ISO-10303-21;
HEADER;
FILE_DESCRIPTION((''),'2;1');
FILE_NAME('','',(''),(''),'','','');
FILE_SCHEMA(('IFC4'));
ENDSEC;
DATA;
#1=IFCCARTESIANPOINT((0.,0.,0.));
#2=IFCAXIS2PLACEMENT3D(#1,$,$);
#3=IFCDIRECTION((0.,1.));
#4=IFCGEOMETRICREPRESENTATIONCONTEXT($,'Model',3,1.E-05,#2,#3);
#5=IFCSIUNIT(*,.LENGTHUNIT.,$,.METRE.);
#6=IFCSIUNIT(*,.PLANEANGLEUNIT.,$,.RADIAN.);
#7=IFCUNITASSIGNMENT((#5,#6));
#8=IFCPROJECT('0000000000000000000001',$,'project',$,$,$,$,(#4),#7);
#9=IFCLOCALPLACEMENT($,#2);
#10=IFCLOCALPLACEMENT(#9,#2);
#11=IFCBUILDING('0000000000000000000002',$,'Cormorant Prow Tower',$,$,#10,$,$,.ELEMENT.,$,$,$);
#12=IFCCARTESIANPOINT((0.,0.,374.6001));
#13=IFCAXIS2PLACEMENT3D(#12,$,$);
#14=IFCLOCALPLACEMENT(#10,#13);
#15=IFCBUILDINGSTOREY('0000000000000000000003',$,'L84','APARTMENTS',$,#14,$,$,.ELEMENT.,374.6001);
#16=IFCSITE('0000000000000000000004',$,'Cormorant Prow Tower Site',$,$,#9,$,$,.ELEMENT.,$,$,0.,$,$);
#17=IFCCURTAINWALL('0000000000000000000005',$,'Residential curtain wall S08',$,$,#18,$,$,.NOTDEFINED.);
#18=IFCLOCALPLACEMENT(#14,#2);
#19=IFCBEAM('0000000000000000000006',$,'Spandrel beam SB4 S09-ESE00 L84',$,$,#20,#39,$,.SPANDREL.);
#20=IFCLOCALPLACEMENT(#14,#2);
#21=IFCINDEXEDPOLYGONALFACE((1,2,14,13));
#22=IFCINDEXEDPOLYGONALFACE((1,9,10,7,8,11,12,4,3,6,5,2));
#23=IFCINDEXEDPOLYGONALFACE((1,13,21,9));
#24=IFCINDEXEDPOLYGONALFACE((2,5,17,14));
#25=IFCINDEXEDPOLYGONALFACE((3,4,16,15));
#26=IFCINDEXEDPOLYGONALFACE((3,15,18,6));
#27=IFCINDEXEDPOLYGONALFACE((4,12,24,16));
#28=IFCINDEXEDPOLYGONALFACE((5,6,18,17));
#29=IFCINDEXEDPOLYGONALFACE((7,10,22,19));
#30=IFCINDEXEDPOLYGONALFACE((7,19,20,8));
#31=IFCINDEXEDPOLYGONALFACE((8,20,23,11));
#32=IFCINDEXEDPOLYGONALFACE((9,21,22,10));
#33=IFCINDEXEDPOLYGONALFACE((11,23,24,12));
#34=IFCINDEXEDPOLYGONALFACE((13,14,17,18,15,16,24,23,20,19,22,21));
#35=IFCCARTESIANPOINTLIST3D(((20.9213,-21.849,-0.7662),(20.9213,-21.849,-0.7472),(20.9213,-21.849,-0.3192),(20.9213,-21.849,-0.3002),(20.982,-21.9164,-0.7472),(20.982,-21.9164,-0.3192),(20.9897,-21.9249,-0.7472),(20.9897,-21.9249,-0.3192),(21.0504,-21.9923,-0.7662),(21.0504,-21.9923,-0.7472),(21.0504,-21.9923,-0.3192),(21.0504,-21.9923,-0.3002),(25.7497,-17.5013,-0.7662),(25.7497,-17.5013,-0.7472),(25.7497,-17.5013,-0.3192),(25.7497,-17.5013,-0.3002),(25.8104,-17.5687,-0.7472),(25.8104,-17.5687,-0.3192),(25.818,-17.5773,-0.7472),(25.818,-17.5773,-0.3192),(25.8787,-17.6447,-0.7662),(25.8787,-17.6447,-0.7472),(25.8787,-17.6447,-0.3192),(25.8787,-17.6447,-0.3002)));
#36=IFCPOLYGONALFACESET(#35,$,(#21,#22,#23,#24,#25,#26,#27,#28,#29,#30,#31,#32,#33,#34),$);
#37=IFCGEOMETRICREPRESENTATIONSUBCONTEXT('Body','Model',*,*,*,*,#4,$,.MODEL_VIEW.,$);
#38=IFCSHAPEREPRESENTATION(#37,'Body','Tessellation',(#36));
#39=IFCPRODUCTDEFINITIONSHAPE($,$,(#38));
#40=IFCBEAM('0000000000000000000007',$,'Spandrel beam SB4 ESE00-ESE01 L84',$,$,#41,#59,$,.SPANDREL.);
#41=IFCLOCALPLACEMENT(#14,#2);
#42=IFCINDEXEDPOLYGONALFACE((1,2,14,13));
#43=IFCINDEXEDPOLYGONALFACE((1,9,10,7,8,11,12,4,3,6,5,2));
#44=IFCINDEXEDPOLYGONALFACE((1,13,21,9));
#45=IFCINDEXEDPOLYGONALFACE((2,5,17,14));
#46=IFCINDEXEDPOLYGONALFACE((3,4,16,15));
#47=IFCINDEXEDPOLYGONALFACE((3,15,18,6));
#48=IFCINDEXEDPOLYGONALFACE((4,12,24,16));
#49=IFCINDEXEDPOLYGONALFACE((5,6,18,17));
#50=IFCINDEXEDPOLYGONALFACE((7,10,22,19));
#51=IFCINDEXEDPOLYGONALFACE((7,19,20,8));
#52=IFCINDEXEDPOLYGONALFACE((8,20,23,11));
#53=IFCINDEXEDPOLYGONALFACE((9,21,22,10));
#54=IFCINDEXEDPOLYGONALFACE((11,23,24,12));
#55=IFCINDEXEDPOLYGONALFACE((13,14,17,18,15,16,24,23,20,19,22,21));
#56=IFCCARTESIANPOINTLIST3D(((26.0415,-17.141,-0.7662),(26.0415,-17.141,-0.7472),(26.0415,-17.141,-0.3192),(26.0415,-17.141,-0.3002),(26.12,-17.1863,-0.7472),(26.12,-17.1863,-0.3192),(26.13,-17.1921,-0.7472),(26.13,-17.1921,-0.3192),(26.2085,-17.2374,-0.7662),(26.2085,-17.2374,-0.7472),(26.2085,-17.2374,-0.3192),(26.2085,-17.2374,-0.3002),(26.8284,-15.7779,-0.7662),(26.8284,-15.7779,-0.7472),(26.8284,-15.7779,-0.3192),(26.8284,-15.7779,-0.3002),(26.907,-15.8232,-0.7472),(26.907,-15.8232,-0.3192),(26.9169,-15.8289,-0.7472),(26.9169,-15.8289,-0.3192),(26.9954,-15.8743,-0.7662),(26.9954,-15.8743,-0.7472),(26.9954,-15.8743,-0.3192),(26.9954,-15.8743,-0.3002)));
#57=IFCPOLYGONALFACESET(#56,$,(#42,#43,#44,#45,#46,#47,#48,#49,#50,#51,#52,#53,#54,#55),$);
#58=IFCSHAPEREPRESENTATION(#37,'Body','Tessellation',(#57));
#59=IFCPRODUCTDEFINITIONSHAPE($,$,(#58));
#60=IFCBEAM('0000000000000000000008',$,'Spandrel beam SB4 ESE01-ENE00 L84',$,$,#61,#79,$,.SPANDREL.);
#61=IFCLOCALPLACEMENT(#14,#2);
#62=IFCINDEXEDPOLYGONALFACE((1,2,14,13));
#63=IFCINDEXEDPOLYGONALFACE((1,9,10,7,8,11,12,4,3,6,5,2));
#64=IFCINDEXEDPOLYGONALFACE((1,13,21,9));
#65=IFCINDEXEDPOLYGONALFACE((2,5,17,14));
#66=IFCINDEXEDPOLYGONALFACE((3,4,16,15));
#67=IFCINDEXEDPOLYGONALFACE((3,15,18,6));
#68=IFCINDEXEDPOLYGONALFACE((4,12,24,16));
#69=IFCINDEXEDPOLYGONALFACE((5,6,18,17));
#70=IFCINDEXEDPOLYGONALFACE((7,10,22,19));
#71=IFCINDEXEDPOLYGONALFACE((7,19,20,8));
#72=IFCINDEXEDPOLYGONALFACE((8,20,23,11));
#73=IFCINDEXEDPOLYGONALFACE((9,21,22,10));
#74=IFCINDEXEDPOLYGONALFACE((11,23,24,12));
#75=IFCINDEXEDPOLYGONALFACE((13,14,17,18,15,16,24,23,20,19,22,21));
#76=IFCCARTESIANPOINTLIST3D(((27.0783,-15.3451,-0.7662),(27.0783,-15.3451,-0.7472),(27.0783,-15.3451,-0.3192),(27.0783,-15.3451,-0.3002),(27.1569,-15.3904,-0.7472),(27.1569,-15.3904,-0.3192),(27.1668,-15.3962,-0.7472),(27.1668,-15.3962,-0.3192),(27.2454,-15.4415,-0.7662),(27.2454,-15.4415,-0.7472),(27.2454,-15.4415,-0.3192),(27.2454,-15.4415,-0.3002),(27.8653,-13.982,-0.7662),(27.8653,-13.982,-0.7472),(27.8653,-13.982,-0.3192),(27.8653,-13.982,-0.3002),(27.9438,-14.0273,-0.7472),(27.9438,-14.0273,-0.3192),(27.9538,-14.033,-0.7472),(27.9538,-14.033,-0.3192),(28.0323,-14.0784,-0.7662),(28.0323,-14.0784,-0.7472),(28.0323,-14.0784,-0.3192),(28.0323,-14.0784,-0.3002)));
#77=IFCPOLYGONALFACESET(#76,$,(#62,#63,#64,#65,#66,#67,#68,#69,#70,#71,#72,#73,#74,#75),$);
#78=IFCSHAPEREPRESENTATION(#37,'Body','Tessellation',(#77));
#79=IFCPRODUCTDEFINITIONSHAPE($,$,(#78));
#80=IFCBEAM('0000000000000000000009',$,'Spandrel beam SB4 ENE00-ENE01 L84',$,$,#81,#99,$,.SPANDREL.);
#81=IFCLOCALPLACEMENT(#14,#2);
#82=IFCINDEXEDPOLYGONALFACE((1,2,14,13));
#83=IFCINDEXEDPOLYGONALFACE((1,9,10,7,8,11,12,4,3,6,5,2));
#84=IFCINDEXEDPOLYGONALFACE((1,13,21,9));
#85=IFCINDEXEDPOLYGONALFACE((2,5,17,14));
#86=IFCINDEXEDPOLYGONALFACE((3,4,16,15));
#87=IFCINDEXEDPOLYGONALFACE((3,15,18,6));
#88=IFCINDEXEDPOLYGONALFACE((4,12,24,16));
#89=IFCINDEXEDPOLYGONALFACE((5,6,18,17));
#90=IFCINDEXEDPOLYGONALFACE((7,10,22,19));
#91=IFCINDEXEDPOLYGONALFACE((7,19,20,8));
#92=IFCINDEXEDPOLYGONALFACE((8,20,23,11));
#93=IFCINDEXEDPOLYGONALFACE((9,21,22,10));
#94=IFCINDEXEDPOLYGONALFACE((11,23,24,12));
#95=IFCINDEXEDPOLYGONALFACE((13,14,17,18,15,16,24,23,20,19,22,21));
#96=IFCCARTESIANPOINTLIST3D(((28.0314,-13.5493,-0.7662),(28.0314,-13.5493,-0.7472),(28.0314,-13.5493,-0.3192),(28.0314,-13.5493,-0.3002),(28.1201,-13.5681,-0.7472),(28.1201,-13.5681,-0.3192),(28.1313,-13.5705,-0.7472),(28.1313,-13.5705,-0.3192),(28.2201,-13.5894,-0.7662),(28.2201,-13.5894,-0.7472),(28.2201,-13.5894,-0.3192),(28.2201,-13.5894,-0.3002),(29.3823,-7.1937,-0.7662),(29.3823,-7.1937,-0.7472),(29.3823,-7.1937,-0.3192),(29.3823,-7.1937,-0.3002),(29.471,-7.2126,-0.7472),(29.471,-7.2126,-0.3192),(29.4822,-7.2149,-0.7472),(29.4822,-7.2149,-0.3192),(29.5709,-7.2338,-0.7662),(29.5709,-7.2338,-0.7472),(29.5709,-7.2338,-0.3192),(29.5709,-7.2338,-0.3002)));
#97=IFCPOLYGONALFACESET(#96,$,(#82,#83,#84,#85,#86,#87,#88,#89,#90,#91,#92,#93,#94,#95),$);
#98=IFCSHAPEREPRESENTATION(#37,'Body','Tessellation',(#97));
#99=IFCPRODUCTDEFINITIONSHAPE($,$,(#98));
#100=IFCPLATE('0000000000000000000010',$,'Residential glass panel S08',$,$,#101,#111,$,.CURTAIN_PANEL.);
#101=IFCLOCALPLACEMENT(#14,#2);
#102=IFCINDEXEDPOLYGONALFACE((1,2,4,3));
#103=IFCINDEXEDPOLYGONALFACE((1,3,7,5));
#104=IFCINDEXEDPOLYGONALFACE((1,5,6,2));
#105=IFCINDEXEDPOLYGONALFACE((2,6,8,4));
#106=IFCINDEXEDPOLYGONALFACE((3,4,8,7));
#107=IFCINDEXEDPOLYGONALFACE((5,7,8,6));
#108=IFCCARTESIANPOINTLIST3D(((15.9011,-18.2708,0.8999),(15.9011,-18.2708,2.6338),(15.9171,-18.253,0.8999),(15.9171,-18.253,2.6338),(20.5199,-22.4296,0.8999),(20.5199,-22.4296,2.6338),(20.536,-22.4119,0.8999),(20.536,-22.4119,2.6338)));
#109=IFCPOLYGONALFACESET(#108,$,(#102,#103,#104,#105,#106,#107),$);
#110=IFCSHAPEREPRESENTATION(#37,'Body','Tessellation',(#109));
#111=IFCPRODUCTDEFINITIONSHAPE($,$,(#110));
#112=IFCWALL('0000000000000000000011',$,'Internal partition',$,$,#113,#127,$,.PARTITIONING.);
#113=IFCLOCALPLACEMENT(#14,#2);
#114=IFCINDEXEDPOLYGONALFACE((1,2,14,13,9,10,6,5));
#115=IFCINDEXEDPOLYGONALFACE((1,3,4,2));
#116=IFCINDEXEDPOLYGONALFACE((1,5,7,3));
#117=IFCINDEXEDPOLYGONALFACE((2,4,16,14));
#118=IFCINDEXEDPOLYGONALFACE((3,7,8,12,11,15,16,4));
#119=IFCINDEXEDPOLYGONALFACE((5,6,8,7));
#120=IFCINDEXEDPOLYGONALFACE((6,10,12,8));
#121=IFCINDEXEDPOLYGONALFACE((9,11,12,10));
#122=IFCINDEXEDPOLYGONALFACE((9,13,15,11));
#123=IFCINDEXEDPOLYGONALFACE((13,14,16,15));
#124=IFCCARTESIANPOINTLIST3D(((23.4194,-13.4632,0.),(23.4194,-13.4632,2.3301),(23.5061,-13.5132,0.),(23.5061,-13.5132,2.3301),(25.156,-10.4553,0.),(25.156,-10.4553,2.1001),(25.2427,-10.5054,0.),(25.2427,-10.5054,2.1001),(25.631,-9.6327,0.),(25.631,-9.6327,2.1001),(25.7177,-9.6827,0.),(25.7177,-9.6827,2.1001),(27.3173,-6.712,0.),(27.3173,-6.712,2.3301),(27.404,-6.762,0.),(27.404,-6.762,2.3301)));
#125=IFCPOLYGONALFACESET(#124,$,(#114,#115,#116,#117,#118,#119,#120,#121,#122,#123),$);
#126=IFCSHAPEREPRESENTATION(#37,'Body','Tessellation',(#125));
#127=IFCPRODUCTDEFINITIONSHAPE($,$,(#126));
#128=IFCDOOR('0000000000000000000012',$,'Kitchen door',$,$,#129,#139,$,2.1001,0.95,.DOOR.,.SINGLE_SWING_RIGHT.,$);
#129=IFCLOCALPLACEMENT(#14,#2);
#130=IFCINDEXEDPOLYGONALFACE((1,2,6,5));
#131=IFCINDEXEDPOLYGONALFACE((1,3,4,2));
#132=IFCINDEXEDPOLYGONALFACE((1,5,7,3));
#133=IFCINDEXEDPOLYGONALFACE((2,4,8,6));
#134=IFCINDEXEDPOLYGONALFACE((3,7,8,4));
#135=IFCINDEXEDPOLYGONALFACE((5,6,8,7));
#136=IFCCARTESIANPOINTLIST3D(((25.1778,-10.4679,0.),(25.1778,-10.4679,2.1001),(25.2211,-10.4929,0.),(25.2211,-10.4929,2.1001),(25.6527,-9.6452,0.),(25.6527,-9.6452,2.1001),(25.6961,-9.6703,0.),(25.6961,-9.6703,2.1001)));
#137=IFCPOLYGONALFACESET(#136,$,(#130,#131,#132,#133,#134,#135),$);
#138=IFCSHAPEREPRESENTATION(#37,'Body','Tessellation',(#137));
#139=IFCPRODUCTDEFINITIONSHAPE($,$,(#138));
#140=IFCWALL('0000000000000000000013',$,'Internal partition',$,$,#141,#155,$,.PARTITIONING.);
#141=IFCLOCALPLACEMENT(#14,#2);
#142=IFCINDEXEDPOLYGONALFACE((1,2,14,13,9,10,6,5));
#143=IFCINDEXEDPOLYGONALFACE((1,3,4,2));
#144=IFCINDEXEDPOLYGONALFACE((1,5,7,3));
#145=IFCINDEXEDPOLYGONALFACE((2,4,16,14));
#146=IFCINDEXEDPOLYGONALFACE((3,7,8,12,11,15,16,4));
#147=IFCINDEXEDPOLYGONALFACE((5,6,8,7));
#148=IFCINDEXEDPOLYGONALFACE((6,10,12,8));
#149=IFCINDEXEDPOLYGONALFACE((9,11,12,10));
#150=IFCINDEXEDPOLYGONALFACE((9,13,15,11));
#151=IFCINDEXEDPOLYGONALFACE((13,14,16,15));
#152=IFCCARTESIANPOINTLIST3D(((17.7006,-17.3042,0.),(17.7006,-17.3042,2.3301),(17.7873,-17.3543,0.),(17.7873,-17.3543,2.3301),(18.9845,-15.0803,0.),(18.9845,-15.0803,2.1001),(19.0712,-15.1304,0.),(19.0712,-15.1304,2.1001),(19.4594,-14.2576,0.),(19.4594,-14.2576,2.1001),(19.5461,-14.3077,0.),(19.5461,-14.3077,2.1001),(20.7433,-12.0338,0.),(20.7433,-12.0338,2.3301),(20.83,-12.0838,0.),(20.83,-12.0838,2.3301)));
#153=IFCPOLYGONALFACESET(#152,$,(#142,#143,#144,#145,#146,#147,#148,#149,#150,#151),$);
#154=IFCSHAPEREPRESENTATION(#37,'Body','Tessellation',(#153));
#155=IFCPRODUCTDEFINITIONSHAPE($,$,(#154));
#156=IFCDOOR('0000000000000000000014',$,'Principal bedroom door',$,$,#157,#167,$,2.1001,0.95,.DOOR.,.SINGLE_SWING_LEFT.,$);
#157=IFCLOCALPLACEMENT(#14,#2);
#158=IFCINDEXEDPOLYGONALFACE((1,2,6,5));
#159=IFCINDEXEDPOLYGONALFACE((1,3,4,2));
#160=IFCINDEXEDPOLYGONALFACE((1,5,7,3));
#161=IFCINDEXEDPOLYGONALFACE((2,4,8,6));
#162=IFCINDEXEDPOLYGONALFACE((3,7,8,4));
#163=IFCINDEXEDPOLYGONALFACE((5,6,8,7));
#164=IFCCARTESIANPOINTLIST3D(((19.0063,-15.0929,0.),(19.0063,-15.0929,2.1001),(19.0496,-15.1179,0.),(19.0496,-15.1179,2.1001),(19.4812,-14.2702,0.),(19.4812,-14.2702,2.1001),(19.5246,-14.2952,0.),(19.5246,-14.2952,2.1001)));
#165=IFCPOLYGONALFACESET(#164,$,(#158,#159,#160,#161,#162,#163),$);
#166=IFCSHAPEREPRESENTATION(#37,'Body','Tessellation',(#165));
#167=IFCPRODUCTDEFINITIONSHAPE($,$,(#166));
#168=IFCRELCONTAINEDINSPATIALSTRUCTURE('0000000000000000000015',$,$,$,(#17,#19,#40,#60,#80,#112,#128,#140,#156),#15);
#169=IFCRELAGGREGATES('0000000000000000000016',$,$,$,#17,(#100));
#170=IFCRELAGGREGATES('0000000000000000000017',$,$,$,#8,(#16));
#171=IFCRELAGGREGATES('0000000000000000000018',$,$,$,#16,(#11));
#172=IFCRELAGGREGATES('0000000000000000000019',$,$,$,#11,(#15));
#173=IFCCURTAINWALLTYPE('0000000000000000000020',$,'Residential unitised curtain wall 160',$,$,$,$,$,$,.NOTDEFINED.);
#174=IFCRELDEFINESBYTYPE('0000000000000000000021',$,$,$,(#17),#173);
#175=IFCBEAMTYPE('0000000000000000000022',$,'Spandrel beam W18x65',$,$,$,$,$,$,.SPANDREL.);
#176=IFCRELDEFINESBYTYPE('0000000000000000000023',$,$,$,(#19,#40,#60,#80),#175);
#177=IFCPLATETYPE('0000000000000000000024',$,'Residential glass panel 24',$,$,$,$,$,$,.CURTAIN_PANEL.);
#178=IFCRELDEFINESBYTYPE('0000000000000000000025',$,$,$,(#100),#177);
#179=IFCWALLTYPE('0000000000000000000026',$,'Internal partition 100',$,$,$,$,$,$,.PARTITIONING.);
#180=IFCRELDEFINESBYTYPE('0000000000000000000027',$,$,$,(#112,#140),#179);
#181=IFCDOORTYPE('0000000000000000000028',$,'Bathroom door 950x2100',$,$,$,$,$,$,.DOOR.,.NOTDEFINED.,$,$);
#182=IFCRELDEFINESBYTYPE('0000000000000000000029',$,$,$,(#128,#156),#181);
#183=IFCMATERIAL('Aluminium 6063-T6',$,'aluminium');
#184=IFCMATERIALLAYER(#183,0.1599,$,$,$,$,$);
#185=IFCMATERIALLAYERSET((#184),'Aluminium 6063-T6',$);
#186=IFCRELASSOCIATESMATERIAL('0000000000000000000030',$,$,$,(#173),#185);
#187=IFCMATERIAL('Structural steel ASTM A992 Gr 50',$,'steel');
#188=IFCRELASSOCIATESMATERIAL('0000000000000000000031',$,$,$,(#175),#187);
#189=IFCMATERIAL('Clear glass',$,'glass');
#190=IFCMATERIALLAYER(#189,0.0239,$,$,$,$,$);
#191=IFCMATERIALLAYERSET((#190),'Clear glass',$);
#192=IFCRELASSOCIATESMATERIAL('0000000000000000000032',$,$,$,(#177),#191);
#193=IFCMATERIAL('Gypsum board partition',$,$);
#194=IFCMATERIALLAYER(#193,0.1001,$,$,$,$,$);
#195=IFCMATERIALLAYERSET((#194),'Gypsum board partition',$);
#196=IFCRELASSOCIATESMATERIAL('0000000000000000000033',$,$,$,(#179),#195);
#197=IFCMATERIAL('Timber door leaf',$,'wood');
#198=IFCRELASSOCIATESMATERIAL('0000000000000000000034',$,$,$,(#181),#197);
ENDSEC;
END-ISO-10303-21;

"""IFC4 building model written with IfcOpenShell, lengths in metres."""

from ifc_helpers import new_model, si_unit, direction, frame, frame_2d, origin, origin_2d, place, context, subcontext, project, spatial, rectangle, i_section, extrude, material, layer, layer_set, material_profile, profile_set, type_object, element, fill, aggregate, save


model = new_model("IFC4")

# Units and contexts
model_context = context("Model", 3, precision=1e-05, world=origin(), true_north=direction((0.0, 1.0)))
body_context = subcontext(model_context, "Body", "Model", "MODEL_VIEW")
ifc_project = project(units=[si_unit("LENGTHUNIT", "METRE"), si_unit("PLANEANGLEUNIT", "RADIAN")], contexts=[model_context])

# Site, building, storey
site_placement = place(None, origin())
site = spatial("IfcSite", under=ifc_project, at=site_placement, Name="Cormorant Prow Tower Site", CompositionType="ELEMENT", RefElevation=0.0)
building_placement = place(site_placement, origin())
building = spatial("IfcBuilding", under=site, at=building_placement, Name="Cormorant Prow Tower", CompositionType="ELEMENT")
storey_placement = place(building_placement, frame((0.0, 0.0, 374.6001)))
storey = spatial("IfcBuildingStorey", under=building, at=storey_placement, Name="L84", Description="APARTMENTS", CompositionType="ELEMENT", Elevation=374.6001)

# Curtain wall
ifc_material_1 = material(Name="Aluminium 6063-T6", Category="aluminium")
ifc_layer_1 = layer(ifc_material_1, 0.1599)
ifc_layer_set_1 = layer_set([ifc_layer_1], Name="Aluminium 6063-T6")
curtain_wall_type = type_object("IfcCurtainWallType", Name="Residential unitised curtain wall 160", PredefinedType="NOTDEFINED", material=ifc_layer_set_1)
curtain_wall_1_placement = place(storey_placement, origin())
curtain_wall_1 = element("IfcCurtainWall", 1, at=curtain_wall_1_placement, inside=storey, type_object=curtain_wall_type, Name="Residential curtain wall S08", PredefinedType="NOTDEFINED")

# Beams
ifc_material_2 = material(Name="Structural steel ASTM A992 Gr 50", Category="steel")
ifc_material_profile_1 = material_profile(ifc_material_2, i_section(OverallWidth=0.1929, OverallDepth=0.4661, WebThickness=0.0115, FlangeThickness=0.019, at=origin_2d()), Name="W18x65")
ifc_profile_set_1 = profile_set([ifc_material_profile_1], Name="Structural steel ASTM A992 Gr 50")
beam_type = type_object("IfcBeamType", Name="Spandrel beam W18x65", PredefinedType="SPANDREL", material=ifc_profile_set_1)
for number, where, z_axis, x_axis, name in (
    (2, (20.9858, -21.9207, -0.5332), (0.743132, 0.669145, 0.0), (-0.669145, 0.743132, 0.0), "Spandrel beam SB4 S09-ESE00 L84"),
):
    element("IfcBeam", number, at=place(storey_placement, frame(where, z_axis=z_axis, x_axis=x_axis)), inside=storey, type_object=beam_type, Name=name, PredefinedType="SPANDREL", context=body_context, shape_type="SweptSolid", body=[
        extrude(i_section(OverallWidth=0.1929, OverallDepth=0.4661, WebThickness=0.0115, FlangeThickness=0.019, at=origin_2d()), origin(), (0.0, 0.0, 1.0), 6.4973),
    ])
for number, where, z_axis, x_axis, name in (
    (3, (26.125, -17.1892, -0.5332), (0.49996, 0.866049, 0.0), (-0.866049, 0.49996, 0.0), "Spandrel beam SB4 ESE00-ESE01 L84"),
    (4, (27.1619, -15.3933, -0.5332), (0.49996, 0.866049, 0.0), (-0.866049, 0.49996, 0.0), "Spandrel beam SB4 ESE01-ENE00 L84"),
):
    element("IfcBeam", number, at=place(storey_placement, frame(where, z_axis=z_axis, x_axis=x_axis)), inside=storey, type_object=beam_type, Name=name, PredefinedType="SPANDREL", context=body_context, shape_type="SweptSolid", body=[
        extrude(i_section(OverallWidth=0.1929, OverallDepth=0.4661, WebThickness=0.0115, FlangeThickness=0.019, at=origin_2d()), origin(), (0.0, 0.0, 1.0), 1.574),
    ])
beam_placement = place(storey_placement, frame((28.1257, -13.5693, -0.5332), z_axis=(0.207902, 0.97815, 0.0), x_axis=(-0.97815, 0.207902, 0.0)))
element("IfcBeam", 5, at=beam_placement, inside=storey, type_object=beam_type, Name="Spandrel beam SB4 ENE00-ENE01 L84", PredefinedType="SPANDREL", context=body_context, shape_type="SweptSolid", body=[
    extrude(i_section(OverallWidth=0.1929, OverallDepth=0.4661, WebThickness=0.0115, FlangeThickness=0.019, at=origin_2d()), origin(), (0.0, 0.0, 1.0), 6.4976),
])

# Plate
ifc_material_3 = material(Name="Clear glass", Category="glass")
ifc_layer_2 = layer(ifc_material_3, 0.0239)
ifc_layer_set_2 = layer_set([ifc_layer_2], Name="Clear glass")
plate_type = type_object("IfcPlateType", Name="Residential glass panel 24", PredefinedType="CURTAIN_PANEL", material=ifc_layer_set_2)
plate_placement = place(storey_placement, frame((18.2185, -20.3413, 0.8999), z_axis=(0.0, 0.0, 1.0), x_axis=(0.743145, -0.669131, 0.0)))
plate = element("IfcPlate", 6, at=plate_placement, type_object=plate_type, Name="Residential glass panel S08", PredefinedType="CURTAIN_PANEL", context=body_context, shape_type="SweptSolid", body=[
    extrude(rectangle(XDim=6.2153, YDim=0.0239, at=origin_2d()), origin(), (0.0, 0.0, 1.0), 1.7339),
])
aggregate(curtain_wall_1, [plate])

# Walls, openings, doors
ifc_material_4 = material(Name="Gypsum board partition")
ifc_layer_3 = layer(ifc_material_4, 0.1001)
ifc_layer_set_3 = layer_set([ifc_layer_3], Name="Gypsum board partition")
wall_type_1 = type_object("IfcWallType", Name="Internal partition 100", PredefinedType="PARTITIONING", material=ifc_layer_set_3)
wall_1_placement = place(storey_placement, frame((23.4626, -13.4883, 0.0), z_axis=(0.0, 0.0, 1.0), x_axis=(0.500013, 0.866018, 0.0)))
wall_1 = element("IfcWall", 7, at=wall_1_placement, inside=storey, type_object=wall_type_1, Name="Internal partition", PredefinedType="PARTITIONING", context=body_context, shape_type="SweptSolid", body=[
    extrude(rectangle(XDim=7.7957, YDim=0.1001, at=frame_2d((3.8979, 0.0))), origin(), (0.0, 0.0, 1.0), 2.3301),
])
opening_1_placement = place(wall_1_placement, frame((3.4731, 0.0, 0.0)))
opening_1 = element("IfcOpeningElement", 8, at=opening_1_placement, cuts=wall_1, PredefinedType="OPENING", context=body_context, shape_type="SweptSolid", body=[
    extrude(rectangle(XDim=0.95, YDim=2.1001, at=frame_2d((0.4751, 1.05))), frame((0.0, 0.0601, 0.0), z_axis=(0.0, -1.0, 0.0), x_axis=(1.0, 0.0, 0.0)), (0.0, 0.0, 1.0), 0.1201),
])
ifc_material_5 = material(Name="Timber door leaf", Category="wood")
door_type_1 = type_object("IfcDoorType", Name="Bathroom door 950x2100", OperationType="NOTDEFINED", PredefinedType="DOOR", material=ifc_material_5)
door_1_placement = place(opening_1_placement, origin())
door_1 = element("IfcDoor", 9, at=door_1_placement, inside=storey, type_object=door_type_1, Name="Kitchen door", OperationType="SINGLE_SWING_RIGHT", OverallHeight=2.1001, OverallWidth=0.95, PredefinedType="DOOR", context=body_context, shape_type="SweptSolid", body=[
    extrude(rectangle(XDim=0.95, YDim=2.1001, at=frame_2d((0.4751, 1.05))), frame((0.0, 0.0249, 0.0), z_axis=(0.0, -1.0, 0.0), x_axis=(1.0, 0.0, 0.0)), (0.0, 0.0, 1.0), 0.05),
])
fill(opening_1, door_1)
wall_2_placement = place(storey_placement, frame((17.7439, -17.3293, 0.0), z_axis=(0.0, 0.0, 1.0), x_axis=(0.499975, 0.86604, 0.0)))
wall_2 = element("IfcWall", 10, at=wall_2_placement, inside=storey, type_object=wall_type_1, Name="Internal partition", PredefinedType="PARTITIONING", context=body_context, shape_type="SweptSolid", body=[
    extrude(rectangle(XDim=6.0857, YDim=0.1001, at=frame_2d((3.043, 0.0))), origin(), (0.0, 0.0, 1.0), 2.3301),
])
opening_2_placement = place(wall_2_placement, frame((2.5679, 0.0, 0.0)))
opening_2 = element("IfcOpeningElement", 11, at=opening_2_placement, cuts=wall_2, PredefinedType="OPENING", context=body_context, shape_type="SweptSolid", body=[
    extrude(rectangle(XDim=0.95, YDim=2.1001, at=frame_2d((0.4751, 1.05))), frame((0.0, 0.0601, 0.0), z_axis=(0.0, -1.0, 0.0), x_axis=(1.0, 0.0, 0.0)), (0.0, 0.0, 1.0), 0.1201),
])
door_2_placement = place(opening_2_placement, origin())
door_2 = element("IfcDoor", 12, at=door_2_placement, inside=storey, type_object=door_type_1, Name="Principal bedroom door", OperationType="SINGLE_SWING_LEFT", OverallHeight=2.1001, OverallWidth=0.95, PredefinedType="DOOR", context=body_context, shape_type="SweptSolid", body=[
    extrude(rectangle(XDim=0.95, YDim=2.1001, at=frame_2d((0.4751, 1.05))), frame((0.0, 0.0249, 0.0), z_axis=(0.0, -1.0, 0.0), x_axis=(1.0, 0.0, 0.0)), (0.0, 0.0, 1.0), 0.05),
])
fill(opening_2, door_2)

save(model, "model.ifc")
